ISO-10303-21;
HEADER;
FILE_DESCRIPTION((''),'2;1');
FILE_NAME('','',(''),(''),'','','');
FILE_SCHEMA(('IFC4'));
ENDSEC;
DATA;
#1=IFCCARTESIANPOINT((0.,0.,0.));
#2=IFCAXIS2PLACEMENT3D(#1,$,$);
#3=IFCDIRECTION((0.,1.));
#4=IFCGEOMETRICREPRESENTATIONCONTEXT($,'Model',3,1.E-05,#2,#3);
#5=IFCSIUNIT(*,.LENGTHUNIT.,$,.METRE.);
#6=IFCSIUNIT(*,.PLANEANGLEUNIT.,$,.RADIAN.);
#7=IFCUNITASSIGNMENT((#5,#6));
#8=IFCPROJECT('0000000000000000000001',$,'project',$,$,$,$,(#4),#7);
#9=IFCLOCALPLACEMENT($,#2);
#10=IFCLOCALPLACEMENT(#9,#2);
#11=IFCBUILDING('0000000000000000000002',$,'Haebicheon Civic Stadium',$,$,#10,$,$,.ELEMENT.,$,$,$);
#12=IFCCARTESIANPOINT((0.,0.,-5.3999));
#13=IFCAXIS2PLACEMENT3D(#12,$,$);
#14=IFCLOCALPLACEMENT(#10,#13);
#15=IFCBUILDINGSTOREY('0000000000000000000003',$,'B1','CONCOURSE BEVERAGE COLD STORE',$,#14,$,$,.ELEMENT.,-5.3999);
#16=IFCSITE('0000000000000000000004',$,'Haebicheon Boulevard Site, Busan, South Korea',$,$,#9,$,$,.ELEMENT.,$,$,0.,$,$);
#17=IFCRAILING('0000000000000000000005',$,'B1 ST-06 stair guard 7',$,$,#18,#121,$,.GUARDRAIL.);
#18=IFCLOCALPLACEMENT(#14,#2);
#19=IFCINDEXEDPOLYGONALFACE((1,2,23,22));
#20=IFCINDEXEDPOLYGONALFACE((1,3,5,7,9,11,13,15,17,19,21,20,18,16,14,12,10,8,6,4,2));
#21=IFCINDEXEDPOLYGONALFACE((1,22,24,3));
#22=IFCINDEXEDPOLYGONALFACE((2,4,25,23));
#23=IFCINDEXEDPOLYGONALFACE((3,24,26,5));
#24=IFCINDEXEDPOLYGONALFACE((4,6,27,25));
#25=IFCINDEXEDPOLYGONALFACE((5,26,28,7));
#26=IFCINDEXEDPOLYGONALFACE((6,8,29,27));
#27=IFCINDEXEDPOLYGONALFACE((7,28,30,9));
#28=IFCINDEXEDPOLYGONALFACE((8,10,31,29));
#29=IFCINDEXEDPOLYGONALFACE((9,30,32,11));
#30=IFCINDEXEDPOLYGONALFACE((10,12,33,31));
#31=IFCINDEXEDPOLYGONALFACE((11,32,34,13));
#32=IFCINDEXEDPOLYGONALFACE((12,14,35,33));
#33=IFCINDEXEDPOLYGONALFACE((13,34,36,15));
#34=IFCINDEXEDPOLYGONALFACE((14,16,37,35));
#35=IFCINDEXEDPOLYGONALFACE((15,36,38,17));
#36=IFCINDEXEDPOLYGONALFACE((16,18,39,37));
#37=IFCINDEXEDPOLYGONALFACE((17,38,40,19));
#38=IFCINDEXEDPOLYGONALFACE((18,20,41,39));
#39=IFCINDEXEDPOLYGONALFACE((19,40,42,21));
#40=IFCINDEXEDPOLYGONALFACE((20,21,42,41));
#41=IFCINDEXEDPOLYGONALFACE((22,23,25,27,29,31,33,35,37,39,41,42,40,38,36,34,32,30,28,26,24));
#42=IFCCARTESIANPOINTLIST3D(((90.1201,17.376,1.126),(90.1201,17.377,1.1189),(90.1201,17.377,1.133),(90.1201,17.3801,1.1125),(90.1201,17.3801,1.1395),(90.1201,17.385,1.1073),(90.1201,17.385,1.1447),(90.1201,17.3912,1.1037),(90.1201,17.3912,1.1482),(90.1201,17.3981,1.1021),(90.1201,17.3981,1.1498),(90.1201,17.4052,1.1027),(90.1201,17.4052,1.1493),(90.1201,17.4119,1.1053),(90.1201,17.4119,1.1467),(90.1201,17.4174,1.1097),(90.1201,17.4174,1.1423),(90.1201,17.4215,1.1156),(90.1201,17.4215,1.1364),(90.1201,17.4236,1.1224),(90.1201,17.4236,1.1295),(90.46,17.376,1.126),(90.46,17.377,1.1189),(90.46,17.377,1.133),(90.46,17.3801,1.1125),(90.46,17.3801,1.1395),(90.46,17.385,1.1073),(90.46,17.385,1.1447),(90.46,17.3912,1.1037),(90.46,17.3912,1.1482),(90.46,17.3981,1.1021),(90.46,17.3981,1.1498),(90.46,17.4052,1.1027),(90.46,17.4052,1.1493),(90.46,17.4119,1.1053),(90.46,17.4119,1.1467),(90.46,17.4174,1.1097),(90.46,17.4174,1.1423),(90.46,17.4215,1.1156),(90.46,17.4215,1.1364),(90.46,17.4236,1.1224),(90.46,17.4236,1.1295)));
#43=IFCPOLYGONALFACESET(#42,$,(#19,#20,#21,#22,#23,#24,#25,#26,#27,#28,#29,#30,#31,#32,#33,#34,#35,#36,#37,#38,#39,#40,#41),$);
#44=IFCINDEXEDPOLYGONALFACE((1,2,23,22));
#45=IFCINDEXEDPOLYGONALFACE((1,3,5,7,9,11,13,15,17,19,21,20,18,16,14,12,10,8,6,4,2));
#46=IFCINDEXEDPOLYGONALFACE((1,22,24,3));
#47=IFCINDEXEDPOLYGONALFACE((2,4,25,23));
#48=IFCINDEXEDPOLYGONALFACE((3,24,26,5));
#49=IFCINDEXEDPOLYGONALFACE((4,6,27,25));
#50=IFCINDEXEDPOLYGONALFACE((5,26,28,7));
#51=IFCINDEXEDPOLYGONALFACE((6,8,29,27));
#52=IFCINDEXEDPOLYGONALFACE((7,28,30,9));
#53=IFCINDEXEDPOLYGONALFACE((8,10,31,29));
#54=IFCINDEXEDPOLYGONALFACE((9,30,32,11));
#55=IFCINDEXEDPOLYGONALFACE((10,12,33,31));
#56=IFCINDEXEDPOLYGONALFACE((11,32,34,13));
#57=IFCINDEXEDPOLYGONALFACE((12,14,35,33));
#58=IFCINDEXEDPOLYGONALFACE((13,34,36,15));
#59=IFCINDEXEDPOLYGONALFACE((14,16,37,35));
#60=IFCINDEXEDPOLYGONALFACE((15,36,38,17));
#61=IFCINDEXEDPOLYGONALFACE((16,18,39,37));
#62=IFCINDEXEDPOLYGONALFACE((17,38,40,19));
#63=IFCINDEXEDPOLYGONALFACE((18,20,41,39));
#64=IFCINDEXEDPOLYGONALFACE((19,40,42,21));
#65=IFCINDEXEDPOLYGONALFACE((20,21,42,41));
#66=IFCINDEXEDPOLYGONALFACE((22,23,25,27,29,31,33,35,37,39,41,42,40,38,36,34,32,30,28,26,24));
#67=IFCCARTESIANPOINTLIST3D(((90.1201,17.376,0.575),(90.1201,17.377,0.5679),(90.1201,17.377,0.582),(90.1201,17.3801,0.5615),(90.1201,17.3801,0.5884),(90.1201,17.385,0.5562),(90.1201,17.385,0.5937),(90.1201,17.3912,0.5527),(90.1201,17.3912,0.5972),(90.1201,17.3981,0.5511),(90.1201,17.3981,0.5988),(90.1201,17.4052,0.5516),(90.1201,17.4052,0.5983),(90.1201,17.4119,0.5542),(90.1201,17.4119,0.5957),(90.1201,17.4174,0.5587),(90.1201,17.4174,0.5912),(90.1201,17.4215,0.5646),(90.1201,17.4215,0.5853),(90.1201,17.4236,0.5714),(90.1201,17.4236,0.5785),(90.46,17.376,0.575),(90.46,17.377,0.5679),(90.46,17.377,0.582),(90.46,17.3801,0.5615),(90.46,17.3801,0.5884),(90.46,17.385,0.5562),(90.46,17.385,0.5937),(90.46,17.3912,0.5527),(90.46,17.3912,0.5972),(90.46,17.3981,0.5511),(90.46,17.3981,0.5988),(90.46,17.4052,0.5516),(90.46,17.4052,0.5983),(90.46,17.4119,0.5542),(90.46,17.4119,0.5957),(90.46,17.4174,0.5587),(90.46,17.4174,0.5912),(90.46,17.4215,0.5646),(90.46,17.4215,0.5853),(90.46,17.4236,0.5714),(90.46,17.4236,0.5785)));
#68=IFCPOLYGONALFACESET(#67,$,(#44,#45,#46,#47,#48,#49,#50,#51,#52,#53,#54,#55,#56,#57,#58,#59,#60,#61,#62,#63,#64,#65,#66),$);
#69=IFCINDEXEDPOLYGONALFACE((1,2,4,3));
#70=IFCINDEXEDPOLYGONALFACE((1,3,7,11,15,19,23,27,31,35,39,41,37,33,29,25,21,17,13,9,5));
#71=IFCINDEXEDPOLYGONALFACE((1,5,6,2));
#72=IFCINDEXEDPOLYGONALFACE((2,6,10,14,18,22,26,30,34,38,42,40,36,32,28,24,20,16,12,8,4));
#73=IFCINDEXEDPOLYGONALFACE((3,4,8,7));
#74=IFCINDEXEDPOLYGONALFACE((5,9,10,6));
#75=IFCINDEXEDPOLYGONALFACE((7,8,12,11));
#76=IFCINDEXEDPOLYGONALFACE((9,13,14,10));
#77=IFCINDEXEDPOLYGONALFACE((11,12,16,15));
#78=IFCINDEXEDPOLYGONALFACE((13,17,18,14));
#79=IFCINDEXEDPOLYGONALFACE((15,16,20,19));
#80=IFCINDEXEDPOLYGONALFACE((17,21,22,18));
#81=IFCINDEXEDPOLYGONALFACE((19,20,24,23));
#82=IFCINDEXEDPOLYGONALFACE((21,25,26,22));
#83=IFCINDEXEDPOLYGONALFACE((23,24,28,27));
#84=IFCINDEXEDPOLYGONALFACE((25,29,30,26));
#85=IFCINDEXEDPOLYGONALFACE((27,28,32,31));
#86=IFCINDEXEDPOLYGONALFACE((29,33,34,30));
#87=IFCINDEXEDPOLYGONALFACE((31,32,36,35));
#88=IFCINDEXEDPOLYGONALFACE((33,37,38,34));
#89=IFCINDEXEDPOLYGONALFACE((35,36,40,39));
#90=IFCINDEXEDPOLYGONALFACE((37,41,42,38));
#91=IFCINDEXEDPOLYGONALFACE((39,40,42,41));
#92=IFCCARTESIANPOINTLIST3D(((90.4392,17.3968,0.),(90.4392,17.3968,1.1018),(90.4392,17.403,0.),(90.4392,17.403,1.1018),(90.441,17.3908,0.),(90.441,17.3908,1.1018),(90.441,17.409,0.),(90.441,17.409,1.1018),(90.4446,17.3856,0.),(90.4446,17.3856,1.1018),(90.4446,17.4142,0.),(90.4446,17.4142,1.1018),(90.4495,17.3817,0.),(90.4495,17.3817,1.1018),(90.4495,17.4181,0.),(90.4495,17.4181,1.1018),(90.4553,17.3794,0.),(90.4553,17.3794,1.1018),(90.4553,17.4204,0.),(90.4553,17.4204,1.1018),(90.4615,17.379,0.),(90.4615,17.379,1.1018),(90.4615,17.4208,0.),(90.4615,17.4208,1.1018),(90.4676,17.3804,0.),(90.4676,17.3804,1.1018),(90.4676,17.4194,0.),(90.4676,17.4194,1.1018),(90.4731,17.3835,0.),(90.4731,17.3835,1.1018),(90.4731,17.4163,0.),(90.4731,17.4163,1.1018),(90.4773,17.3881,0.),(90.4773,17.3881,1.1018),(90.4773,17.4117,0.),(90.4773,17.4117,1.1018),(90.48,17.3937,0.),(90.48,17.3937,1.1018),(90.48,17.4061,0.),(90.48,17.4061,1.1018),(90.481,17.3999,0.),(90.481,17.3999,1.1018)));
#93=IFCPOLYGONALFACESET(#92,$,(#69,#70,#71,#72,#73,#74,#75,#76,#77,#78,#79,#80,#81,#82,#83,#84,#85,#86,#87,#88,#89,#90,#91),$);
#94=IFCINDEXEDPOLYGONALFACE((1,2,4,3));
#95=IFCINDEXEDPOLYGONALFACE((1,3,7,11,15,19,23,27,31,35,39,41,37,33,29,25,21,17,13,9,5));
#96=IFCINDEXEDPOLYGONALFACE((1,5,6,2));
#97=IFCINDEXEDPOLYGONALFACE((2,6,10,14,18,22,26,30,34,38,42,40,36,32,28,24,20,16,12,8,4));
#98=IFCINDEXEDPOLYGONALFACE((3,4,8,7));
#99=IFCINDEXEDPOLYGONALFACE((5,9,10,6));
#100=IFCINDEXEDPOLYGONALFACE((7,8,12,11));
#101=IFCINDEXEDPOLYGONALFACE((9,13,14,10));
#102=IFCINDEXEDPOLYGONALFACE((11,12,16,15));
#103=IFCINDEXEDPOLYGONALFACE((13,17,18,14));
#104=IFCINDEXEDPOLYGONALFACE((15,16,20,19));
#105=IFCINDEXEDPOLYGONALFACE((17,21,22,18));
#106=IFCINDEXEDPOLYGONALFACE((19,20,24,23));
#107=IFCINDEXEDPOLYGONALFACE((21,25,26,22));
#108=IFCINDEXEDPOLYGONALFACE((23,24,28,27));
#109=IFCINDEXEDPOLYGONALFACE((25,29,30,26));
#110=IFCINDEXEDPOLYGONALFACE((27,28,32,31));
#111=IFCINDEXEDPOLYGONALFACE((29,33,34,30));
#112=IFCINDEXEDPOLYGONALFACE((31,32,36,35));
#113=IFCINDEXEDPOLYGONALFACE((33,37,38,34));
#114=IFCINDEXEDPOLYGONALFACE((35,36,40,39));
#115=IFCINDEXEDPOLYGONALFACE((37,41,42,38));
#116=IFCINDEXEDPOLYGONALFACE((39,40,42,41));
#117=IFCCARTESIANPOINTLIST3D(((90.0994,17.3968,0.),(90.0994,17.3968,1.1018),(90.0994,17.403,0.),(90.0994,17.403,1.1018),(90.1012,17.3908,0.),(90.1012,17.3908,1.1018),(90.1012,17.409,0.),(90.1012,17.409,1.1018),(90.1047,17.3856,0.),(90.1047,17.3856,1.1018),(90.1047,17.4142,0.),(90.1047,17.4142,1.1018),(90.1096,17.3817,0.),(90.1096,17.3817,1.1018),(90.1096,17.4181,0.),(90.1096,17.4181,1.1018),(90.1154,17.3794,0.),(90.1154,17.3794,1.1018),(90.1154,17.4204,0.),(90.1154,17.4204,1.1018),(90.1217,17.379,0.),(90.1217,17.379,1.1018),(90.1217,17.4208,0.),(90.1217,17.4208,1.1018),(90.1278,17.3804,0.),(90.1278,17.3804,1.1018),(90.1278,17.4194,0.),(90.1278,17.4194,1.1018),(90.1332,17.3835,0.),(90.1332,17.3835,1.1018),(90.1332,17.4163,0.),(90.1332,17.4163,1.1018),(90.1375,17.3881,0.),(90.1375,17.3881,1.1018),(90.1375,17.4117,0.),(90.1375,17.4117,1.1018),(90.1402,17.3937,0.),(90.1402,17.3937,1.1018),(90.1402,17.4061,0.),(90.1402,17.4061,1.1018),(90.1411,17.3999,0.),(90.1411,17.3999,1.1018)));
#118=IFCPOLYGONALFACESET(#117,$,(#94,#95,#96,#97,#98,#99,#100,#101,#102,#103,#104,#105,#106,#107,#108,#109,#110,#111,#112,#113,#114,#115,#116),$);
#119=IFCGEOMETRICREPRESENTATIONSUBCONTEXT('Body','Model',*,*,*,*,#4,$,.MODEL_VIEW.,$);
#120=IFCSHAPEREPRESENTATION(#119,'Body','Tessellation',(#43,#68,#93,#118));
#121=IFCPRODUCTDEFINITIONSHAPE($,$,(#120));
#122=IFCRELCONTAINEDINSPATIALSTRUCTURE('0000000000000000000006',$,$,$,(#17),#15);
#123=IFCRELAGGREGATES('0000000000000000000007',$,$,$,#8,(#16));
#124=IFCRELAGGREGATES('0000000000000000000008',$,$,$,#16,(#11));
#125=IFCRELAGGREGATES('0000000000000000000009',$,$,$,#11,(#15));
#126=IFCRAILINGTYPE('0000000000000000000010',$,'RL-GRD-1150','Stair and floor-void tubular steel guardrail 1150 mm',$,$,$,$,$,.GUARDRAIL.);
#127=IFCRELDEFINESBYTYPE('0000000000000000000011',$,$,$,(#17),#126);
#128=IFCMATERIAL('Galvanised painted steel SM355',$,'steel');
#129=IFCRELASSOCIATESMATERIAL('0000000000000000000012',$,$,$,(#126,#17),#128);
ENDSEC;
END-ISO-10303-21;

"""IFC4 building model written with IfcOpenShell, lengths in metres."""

from ifc_helpers import new_model, si_unit, direction, frame, origin, origin_2d, place, context, subcontext, project, spatial, circle, extrude, material, type_object, element, save


model = new_model("IFC4")

# Units and contexts
model_context = context("Model", 3, precision=1e-05, world=origin(), true_north=direction((0.0, 1.0)))
body_context = subcontext(model_context, "Body", "Model", "MODEL_VIEW")
ifc_project = project(units=[si_unit("LENGTHUNIT", "METRE"), si_unit("PLANEANGLEUNIT", "RADIAN")], contexts=[model_context])

# Site, building, storey
site_placement = place(None, origin())
site = spatial("IfcSite", under=ifc_project, at=site_placement, Name="Haebicheon Boulevard Site, Busan, South Korea", CompositionType="ELEMENT", RefElevation=0.0)
building_placement = place(site_placement, origin())
building = spatial("IfcBuilding", under=site, at=building_placement, Name="Haebicheon Civic Stadium", CompositionType="ELEMENT")
storey_placement = place(building_placement, frame((0.0, 0.0, -5.3999)))
storey = spatial("IfcBuildingStorey", under=building, at=storey_placement, Name="B1", Description="CONCOURSE BEVERAGE COLD STORE", CompositionType="ELEMENT", Elevation=-5.3999)

# Railing
ifc_material_1 = material(Name="Galvanised painted steel SM355", Category="steel")
railing_type_1 = type_object("IfcRailingType", Name="RL-GRD-1150", Description="Stair and floor-void tubular steel guardrail 1150 mm", PredefinedType="GUARDRAIL", material=ifc_material_1)
railing_1_placement = place(storey_placement, frame((90.46, 17.3999, 0.0)))
element("IfcRailing", 1, at=railing_1_placement, inside=storey, type_object=railing_type_1, material=ifc_material_1, Name="B1 ST-06 stair guard 7", PredefinedType="GUARDRAIL", context=body_context, shape_type="SweptSolid", body=[
    extrude(circle(Radius=0.0239, at=origin_2d()), frame((0.0, 0.0, 1.126), z_axis=(-1.0, 0.0, 0.0), x_axis=(0.0, -1.0, 0.0)), (0.0, 0.0, 1.0), 0.3398),
    extrude(circle(Radius=0.0239, at=origin_2d()), frame((0.0, 0.0, 0.575), z_axis=(-1.0, 0.0, 0.0), x_axis=(0.0, -1.0, 0.0)), (0.0, 0.0, 1.0), 0.3398),
    extrude(circle(Radius=0.021, at=origin_2d()), origin(), (0.0, 0.0, 1.0), 1.1018),
    extrude(circle(Radius=0.021, at=origin_2d()), frame((-0.3398, 0.0, 0.0)), (0.0, 0.0, 1.0), 1.1018),
])

save(model, "model.ifc")
